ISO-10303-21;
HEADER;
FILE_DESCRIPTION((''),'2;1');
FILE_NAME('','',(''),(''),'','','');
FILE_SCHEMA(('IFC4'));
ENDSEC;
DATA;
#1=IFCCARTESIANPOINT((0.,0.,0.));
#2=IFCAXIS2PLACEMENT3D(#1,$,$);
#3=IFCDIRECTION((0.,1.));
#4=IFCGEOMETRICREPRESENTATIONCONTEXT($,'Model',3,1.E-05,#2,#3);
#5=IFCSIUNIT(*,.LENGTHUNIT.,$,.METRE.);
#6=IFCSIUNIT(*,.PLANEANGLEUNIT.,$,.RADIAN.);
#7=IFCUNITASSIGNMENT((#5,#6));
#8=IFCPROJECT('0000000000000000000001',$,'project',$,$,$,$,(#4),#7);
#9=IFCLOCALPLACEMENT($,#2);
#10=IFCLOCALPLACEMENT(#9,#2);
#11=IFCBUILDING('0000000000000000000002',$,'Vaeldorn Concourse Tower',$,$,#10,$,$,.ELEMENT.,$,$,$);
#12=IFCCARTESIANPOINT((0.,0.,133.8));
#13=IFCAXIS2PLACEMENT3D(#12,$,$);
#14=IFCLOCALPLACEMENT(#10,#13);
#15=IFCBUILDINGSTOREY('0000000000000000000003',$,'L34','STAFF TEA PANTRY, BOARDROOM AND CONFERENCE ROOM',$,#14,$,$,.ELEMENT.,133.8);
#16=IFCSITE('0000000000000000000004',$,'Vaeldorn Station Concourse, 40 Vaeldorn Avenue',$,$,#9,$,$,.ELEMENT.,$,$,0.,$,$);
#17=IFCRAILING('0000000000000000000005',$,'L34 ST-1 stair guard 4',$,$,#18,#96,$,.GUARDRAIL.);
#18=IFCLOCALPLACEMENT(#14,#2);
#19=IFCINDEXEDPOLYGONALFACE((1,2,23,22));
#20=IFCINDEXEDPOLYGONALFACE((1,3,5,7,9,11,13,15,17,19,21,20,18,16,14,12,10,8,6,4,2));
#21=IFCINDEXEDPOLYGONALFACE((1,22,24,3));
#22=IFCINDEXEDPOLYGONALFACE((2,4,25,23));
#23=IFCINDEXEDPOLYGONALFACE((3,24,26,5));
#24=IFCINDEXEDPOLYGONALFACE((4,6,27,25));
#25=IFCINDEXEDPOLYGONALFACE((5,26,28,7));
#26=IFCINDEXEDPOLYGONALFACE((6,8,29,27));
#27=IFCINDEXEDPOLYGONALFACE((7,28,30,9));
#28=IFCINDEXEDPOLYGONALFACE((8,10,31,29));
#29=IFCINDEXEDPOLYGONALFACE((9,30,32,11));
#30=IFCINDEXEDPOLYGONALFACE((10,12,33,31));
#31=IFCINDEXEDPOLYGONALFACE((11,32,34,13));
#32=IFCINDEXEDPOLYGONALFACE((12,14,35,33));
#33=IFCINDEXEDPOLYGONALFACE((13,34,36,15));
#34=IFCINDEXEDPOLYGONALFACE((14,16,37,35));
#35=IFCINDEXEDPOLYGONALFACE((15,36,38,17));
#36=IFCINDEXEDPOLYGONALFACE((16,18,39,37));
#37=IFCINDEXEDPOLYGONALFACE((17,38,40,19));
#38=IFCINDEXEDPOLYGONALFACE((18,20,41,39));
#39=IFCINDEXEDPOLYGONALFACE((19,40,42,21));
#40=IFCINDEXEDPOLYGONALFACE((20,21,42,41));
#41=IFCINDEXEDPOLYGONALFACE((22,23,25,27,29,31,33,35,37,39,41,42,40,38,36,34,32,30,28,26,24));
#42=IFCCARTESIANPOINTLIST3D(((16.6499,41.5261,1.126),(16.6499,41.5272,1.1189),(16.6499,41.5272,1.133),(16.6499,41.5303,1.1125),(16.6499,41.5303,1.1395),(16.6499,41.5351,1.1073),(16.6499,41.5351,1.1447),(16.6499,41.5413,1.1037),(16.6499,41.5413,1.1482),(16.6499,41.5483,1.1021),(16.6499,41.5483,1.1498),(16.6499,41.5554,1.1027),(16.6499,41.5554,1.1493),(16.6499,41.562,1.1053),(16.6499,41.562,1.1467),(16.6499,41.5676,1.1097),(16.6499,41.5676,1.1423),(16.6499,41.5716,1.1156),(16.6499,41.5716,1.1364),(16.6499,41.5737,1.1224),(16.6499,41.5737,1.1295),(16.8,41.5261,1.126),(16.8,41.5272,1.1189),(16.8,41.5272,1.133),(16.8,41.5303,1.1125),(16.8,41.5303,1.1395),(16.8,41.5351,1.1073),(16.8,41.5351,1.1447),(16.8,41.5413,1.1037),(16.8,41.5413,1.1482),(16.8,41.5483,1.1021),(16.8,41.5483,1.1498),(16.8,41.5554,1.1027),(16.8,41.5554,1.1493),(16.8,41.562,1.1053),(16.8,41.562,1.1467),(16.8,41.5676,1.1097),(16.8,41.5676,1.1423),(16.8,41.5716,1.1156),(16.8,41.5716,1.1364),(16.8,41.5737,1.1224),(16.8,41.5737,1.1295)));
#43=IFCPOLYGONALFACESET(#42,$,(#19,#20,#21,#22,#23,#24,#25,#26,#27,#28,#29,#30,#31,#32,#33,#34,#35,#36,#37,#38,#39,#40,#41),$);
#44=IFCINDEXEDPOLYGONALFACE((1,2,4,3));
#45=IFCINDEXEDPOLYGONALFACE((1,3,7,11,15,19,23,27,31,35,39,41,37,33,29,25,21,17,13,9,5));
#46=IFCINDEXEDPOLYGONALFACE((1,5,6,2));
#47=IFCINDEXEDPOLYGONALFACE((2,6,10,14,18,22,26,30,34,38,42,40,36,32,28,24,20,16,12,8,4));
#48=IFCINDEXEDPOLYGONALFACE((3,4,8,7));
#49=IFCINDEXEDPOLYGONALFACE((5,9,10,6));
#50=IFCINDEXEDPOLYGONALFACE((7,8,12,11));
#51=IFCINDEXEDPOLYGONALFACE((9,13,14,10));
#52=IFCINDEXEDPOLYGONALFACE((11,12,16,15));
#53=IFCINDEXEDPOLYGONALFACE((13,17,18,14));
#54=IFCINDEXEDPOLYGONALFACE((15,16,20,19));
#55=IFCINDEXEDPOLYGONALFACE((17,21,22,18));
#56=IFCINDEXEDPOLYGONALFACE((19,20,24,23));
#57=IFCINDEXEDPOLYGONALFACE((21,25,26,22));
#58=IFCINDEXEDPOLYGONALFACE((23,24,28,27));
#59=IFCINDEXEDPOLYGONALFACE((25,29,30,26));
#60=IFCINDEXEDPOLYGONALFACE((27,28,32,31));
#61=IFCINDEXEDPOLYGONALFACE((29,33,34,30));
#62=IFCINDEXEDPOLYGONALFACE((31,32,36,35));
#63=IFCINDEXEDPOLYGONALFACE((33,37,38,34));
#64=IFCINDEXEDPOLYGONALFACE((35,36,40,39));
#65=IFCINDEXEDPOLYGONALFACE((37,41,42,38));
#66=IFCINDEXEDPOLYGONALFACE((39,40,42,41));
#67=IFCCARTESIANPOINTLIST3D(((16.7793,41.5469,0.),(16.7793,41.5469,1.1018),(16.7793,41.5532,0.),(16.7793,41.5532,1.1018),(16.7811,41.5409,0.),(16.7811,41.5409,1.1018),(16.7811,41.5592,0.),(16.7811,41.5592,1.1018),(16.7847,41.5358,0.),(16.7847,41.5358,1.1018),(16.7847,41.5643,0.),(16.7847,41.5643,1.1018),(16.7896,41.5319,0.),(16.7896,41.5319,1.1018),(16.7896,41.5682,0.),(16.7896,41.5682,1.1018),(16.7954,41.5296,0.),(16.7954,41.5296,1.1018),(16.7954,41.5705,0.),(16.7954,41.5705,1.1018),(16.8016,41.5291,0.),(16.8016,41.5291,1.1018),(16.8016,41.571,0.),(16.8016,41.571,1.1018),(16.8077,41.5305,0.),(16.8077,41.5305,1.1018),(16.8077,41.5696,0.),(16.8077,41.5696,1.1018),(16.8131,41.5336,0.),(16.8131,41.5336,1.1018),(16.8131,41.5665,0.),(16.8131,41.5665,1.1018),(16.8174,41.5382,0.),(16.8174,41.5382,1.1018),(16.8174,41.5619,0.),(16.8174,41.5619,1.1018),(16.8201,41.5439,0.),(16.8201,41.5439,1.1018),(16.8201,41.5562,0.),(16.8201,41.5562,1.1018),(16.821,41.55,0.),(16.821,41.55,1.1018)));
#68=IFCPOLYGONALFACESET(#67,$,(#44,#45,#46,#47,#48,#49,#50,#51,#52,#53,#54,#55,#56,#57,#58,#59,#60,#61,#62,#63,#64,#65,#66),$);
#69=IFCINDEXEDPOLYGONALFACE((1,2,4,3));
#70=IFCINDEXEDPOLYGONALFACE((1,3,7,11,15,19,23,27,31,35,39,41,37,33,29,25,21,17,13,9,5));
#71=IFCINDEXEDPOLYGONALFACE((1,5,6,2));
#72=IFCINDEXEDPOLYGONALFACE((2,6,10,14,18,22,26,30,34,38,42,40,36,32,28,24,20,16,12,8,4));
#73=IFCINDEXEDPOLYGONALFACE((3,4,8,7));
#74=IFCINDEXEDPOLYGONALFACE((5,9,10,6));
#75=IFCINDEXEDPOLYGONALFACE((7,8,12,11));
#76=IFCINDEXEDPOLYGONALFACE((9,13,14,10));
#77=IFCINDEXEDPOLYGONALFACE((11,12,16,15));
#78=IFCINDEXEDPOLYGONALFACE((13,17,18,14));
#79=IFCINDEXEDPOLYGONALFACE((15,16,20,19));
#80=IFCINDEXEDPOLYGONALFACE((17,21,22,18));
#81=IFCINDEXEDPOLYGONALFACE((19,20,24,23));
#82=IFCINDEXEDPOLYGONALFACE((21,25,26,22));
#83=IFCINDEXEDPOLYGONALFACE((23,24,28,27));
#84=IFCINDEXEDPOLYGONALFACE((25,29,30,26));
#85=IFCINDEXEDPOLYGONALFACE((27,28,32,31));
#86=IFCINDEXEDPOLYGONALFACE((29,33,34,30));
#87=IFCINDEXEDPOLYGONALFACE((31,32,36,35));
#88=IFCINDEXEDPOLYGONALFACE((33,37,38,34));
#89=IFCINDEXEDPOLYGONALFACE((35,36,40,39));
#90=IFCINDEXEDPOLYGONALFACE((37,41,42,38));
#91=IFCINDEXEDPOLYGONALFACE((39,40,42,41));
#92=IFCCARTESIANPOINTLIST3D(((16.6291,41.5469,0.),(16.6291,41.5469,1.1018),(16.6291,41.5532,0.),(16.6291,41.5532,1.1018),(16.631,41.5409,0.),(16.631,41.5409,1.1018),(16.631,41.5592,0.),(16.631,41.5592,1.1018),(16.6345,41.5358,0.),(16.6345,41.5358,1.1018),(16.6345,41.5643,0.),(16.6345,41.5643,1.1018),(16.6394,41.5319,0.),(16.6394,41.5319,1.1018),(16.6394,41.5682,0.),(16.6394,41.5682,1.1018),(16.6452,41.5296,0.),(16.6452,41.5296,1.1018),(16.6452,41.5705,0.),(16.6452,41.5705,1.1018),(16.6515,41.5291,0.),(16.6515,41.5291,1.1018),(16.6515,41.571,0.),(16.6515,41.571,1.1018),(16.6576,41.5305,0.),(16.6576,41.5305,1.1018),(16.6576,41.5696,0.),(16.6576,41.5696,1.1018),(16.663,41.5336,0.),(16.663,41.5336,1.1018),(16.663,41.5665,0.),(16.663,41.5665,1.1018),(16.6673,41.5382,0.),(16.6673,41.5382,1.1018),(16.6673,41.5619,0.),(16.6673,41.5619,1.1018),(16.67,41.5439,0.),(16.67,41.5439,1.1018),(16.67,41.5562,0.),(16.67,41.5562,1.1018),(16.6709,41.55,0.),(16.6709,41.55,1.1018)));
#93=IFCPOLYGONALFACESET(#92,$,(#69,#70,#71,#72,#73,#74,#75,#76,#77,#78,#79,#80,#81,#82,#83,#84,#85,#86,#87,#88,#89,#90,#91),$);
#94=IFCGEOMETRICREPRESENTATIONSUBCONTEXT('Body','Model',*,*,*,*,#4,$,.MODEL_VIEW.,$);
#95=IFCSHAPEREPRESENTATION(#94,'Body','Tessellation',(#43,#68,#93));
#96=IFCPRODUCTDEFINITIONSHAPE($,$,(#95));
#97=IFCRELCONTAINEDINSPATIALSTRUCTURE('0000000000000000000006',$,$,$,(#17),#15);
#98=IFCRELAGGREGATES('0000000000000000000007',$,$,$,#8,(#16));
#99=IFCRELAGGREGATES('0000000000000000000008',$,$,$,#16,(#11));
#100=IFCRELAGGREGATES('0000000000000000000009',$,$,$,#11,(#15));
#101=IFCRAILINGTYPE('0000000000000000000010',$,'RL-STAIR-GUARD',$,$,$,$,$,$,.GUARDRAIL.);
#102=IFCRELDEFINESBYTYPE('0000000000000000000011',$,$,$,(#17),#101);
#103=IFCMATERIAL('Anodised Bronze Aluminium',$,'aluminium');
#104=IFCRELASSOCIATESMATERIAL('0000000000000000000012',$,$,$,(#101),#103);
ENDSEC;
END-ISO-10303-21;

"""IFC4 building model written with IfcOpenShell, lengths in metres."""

from ifc_helpers import new_model, si_unit, direction, frame, origin, origin_2d, place, context, subcontext, project, spatial, circle, extrude, material, type_object, element, save


model = new_model("IFC4")

# Units and contexts
model_context = context("Model", 3, precision=1e-05, world=origin(), true_north=direction((0.0, 1.0)))
body_context = subcontext(model_context, "Body", "Model", "MODEL_VIEW")
ifc_project = project(units=[si_unit("LENGTHUNIT", "METRE"), si_unit("PLANEANGLEUNIT", "RADIAN")], contexts=[model_context])

# Site, building, storey
site_placement = place(None, origin())
site = spatial("IfcSite", under=ifc_project, at=site_placement, Name="Vaeldorn Station Concourse, 40 Vaeldorn Avenue", CompositionType="ELEMENT", RefElevation=0.0)
building_placement = place(site_placement, origin())
building = spatial("IfcBuilding", under=site, at=building_placement, Name="Vaeldorn Concourse Tower", CompositionType="ELEMENT")
storey_placement = place(building_placement, frame((0.0, 0.0, 133.8)))
storey = spatial("IfcBuildingStorey", under=building, at=storey_placement, Name="L34", Description="STAFF TEA PANTRY, BOARDROOM AND CONFERENCE ROOM", CompositionType="ELEMENT", Elevation=133.8)

# Shared definitions
ifc_material_1 = material(Name="Anodised Bronze Aluminium", Category="aluminium")

# Railing
railing_type_1 = type_object("IfcRailingType", Name="RL-STAIR-GUARD", PredefinedType="GUARDRAIL", material=ifc_material_1)
railing_1_placement = place(storey_placement, frame((16.8, 41.55, 0.0)))
element("IfcRailing", 1, at=railing_1_placement, inside=storey, type_object=railing_type_1, Name="L34 ST-1 stair guard 4", PredefinedType="GUARDRAIL", context=body_context, shape_type="SweptSolid", body=[
    extrude(circle(Radius=0.0239, at=origin_2d()), frame((0.0, 0.0, 1.126), z_axis=(-1.0, 0.0, 0.0), x_axis=(0.0, -1.0, 0.0)), (0.0, 0.0, 1.0), 0.1501),
    extrude(circle(Radius=0.021, at=origin_2d()), origin(), (0.0, 0.0, 1.0), 1.1018),
    extrude(circle(Radius=0.021, at=origin_2d()), frame((-0.1501, 0.0, 0.0)), (0.0, 0.0, 1.0), 1.1018),
])

save(model, "model.ifc")
